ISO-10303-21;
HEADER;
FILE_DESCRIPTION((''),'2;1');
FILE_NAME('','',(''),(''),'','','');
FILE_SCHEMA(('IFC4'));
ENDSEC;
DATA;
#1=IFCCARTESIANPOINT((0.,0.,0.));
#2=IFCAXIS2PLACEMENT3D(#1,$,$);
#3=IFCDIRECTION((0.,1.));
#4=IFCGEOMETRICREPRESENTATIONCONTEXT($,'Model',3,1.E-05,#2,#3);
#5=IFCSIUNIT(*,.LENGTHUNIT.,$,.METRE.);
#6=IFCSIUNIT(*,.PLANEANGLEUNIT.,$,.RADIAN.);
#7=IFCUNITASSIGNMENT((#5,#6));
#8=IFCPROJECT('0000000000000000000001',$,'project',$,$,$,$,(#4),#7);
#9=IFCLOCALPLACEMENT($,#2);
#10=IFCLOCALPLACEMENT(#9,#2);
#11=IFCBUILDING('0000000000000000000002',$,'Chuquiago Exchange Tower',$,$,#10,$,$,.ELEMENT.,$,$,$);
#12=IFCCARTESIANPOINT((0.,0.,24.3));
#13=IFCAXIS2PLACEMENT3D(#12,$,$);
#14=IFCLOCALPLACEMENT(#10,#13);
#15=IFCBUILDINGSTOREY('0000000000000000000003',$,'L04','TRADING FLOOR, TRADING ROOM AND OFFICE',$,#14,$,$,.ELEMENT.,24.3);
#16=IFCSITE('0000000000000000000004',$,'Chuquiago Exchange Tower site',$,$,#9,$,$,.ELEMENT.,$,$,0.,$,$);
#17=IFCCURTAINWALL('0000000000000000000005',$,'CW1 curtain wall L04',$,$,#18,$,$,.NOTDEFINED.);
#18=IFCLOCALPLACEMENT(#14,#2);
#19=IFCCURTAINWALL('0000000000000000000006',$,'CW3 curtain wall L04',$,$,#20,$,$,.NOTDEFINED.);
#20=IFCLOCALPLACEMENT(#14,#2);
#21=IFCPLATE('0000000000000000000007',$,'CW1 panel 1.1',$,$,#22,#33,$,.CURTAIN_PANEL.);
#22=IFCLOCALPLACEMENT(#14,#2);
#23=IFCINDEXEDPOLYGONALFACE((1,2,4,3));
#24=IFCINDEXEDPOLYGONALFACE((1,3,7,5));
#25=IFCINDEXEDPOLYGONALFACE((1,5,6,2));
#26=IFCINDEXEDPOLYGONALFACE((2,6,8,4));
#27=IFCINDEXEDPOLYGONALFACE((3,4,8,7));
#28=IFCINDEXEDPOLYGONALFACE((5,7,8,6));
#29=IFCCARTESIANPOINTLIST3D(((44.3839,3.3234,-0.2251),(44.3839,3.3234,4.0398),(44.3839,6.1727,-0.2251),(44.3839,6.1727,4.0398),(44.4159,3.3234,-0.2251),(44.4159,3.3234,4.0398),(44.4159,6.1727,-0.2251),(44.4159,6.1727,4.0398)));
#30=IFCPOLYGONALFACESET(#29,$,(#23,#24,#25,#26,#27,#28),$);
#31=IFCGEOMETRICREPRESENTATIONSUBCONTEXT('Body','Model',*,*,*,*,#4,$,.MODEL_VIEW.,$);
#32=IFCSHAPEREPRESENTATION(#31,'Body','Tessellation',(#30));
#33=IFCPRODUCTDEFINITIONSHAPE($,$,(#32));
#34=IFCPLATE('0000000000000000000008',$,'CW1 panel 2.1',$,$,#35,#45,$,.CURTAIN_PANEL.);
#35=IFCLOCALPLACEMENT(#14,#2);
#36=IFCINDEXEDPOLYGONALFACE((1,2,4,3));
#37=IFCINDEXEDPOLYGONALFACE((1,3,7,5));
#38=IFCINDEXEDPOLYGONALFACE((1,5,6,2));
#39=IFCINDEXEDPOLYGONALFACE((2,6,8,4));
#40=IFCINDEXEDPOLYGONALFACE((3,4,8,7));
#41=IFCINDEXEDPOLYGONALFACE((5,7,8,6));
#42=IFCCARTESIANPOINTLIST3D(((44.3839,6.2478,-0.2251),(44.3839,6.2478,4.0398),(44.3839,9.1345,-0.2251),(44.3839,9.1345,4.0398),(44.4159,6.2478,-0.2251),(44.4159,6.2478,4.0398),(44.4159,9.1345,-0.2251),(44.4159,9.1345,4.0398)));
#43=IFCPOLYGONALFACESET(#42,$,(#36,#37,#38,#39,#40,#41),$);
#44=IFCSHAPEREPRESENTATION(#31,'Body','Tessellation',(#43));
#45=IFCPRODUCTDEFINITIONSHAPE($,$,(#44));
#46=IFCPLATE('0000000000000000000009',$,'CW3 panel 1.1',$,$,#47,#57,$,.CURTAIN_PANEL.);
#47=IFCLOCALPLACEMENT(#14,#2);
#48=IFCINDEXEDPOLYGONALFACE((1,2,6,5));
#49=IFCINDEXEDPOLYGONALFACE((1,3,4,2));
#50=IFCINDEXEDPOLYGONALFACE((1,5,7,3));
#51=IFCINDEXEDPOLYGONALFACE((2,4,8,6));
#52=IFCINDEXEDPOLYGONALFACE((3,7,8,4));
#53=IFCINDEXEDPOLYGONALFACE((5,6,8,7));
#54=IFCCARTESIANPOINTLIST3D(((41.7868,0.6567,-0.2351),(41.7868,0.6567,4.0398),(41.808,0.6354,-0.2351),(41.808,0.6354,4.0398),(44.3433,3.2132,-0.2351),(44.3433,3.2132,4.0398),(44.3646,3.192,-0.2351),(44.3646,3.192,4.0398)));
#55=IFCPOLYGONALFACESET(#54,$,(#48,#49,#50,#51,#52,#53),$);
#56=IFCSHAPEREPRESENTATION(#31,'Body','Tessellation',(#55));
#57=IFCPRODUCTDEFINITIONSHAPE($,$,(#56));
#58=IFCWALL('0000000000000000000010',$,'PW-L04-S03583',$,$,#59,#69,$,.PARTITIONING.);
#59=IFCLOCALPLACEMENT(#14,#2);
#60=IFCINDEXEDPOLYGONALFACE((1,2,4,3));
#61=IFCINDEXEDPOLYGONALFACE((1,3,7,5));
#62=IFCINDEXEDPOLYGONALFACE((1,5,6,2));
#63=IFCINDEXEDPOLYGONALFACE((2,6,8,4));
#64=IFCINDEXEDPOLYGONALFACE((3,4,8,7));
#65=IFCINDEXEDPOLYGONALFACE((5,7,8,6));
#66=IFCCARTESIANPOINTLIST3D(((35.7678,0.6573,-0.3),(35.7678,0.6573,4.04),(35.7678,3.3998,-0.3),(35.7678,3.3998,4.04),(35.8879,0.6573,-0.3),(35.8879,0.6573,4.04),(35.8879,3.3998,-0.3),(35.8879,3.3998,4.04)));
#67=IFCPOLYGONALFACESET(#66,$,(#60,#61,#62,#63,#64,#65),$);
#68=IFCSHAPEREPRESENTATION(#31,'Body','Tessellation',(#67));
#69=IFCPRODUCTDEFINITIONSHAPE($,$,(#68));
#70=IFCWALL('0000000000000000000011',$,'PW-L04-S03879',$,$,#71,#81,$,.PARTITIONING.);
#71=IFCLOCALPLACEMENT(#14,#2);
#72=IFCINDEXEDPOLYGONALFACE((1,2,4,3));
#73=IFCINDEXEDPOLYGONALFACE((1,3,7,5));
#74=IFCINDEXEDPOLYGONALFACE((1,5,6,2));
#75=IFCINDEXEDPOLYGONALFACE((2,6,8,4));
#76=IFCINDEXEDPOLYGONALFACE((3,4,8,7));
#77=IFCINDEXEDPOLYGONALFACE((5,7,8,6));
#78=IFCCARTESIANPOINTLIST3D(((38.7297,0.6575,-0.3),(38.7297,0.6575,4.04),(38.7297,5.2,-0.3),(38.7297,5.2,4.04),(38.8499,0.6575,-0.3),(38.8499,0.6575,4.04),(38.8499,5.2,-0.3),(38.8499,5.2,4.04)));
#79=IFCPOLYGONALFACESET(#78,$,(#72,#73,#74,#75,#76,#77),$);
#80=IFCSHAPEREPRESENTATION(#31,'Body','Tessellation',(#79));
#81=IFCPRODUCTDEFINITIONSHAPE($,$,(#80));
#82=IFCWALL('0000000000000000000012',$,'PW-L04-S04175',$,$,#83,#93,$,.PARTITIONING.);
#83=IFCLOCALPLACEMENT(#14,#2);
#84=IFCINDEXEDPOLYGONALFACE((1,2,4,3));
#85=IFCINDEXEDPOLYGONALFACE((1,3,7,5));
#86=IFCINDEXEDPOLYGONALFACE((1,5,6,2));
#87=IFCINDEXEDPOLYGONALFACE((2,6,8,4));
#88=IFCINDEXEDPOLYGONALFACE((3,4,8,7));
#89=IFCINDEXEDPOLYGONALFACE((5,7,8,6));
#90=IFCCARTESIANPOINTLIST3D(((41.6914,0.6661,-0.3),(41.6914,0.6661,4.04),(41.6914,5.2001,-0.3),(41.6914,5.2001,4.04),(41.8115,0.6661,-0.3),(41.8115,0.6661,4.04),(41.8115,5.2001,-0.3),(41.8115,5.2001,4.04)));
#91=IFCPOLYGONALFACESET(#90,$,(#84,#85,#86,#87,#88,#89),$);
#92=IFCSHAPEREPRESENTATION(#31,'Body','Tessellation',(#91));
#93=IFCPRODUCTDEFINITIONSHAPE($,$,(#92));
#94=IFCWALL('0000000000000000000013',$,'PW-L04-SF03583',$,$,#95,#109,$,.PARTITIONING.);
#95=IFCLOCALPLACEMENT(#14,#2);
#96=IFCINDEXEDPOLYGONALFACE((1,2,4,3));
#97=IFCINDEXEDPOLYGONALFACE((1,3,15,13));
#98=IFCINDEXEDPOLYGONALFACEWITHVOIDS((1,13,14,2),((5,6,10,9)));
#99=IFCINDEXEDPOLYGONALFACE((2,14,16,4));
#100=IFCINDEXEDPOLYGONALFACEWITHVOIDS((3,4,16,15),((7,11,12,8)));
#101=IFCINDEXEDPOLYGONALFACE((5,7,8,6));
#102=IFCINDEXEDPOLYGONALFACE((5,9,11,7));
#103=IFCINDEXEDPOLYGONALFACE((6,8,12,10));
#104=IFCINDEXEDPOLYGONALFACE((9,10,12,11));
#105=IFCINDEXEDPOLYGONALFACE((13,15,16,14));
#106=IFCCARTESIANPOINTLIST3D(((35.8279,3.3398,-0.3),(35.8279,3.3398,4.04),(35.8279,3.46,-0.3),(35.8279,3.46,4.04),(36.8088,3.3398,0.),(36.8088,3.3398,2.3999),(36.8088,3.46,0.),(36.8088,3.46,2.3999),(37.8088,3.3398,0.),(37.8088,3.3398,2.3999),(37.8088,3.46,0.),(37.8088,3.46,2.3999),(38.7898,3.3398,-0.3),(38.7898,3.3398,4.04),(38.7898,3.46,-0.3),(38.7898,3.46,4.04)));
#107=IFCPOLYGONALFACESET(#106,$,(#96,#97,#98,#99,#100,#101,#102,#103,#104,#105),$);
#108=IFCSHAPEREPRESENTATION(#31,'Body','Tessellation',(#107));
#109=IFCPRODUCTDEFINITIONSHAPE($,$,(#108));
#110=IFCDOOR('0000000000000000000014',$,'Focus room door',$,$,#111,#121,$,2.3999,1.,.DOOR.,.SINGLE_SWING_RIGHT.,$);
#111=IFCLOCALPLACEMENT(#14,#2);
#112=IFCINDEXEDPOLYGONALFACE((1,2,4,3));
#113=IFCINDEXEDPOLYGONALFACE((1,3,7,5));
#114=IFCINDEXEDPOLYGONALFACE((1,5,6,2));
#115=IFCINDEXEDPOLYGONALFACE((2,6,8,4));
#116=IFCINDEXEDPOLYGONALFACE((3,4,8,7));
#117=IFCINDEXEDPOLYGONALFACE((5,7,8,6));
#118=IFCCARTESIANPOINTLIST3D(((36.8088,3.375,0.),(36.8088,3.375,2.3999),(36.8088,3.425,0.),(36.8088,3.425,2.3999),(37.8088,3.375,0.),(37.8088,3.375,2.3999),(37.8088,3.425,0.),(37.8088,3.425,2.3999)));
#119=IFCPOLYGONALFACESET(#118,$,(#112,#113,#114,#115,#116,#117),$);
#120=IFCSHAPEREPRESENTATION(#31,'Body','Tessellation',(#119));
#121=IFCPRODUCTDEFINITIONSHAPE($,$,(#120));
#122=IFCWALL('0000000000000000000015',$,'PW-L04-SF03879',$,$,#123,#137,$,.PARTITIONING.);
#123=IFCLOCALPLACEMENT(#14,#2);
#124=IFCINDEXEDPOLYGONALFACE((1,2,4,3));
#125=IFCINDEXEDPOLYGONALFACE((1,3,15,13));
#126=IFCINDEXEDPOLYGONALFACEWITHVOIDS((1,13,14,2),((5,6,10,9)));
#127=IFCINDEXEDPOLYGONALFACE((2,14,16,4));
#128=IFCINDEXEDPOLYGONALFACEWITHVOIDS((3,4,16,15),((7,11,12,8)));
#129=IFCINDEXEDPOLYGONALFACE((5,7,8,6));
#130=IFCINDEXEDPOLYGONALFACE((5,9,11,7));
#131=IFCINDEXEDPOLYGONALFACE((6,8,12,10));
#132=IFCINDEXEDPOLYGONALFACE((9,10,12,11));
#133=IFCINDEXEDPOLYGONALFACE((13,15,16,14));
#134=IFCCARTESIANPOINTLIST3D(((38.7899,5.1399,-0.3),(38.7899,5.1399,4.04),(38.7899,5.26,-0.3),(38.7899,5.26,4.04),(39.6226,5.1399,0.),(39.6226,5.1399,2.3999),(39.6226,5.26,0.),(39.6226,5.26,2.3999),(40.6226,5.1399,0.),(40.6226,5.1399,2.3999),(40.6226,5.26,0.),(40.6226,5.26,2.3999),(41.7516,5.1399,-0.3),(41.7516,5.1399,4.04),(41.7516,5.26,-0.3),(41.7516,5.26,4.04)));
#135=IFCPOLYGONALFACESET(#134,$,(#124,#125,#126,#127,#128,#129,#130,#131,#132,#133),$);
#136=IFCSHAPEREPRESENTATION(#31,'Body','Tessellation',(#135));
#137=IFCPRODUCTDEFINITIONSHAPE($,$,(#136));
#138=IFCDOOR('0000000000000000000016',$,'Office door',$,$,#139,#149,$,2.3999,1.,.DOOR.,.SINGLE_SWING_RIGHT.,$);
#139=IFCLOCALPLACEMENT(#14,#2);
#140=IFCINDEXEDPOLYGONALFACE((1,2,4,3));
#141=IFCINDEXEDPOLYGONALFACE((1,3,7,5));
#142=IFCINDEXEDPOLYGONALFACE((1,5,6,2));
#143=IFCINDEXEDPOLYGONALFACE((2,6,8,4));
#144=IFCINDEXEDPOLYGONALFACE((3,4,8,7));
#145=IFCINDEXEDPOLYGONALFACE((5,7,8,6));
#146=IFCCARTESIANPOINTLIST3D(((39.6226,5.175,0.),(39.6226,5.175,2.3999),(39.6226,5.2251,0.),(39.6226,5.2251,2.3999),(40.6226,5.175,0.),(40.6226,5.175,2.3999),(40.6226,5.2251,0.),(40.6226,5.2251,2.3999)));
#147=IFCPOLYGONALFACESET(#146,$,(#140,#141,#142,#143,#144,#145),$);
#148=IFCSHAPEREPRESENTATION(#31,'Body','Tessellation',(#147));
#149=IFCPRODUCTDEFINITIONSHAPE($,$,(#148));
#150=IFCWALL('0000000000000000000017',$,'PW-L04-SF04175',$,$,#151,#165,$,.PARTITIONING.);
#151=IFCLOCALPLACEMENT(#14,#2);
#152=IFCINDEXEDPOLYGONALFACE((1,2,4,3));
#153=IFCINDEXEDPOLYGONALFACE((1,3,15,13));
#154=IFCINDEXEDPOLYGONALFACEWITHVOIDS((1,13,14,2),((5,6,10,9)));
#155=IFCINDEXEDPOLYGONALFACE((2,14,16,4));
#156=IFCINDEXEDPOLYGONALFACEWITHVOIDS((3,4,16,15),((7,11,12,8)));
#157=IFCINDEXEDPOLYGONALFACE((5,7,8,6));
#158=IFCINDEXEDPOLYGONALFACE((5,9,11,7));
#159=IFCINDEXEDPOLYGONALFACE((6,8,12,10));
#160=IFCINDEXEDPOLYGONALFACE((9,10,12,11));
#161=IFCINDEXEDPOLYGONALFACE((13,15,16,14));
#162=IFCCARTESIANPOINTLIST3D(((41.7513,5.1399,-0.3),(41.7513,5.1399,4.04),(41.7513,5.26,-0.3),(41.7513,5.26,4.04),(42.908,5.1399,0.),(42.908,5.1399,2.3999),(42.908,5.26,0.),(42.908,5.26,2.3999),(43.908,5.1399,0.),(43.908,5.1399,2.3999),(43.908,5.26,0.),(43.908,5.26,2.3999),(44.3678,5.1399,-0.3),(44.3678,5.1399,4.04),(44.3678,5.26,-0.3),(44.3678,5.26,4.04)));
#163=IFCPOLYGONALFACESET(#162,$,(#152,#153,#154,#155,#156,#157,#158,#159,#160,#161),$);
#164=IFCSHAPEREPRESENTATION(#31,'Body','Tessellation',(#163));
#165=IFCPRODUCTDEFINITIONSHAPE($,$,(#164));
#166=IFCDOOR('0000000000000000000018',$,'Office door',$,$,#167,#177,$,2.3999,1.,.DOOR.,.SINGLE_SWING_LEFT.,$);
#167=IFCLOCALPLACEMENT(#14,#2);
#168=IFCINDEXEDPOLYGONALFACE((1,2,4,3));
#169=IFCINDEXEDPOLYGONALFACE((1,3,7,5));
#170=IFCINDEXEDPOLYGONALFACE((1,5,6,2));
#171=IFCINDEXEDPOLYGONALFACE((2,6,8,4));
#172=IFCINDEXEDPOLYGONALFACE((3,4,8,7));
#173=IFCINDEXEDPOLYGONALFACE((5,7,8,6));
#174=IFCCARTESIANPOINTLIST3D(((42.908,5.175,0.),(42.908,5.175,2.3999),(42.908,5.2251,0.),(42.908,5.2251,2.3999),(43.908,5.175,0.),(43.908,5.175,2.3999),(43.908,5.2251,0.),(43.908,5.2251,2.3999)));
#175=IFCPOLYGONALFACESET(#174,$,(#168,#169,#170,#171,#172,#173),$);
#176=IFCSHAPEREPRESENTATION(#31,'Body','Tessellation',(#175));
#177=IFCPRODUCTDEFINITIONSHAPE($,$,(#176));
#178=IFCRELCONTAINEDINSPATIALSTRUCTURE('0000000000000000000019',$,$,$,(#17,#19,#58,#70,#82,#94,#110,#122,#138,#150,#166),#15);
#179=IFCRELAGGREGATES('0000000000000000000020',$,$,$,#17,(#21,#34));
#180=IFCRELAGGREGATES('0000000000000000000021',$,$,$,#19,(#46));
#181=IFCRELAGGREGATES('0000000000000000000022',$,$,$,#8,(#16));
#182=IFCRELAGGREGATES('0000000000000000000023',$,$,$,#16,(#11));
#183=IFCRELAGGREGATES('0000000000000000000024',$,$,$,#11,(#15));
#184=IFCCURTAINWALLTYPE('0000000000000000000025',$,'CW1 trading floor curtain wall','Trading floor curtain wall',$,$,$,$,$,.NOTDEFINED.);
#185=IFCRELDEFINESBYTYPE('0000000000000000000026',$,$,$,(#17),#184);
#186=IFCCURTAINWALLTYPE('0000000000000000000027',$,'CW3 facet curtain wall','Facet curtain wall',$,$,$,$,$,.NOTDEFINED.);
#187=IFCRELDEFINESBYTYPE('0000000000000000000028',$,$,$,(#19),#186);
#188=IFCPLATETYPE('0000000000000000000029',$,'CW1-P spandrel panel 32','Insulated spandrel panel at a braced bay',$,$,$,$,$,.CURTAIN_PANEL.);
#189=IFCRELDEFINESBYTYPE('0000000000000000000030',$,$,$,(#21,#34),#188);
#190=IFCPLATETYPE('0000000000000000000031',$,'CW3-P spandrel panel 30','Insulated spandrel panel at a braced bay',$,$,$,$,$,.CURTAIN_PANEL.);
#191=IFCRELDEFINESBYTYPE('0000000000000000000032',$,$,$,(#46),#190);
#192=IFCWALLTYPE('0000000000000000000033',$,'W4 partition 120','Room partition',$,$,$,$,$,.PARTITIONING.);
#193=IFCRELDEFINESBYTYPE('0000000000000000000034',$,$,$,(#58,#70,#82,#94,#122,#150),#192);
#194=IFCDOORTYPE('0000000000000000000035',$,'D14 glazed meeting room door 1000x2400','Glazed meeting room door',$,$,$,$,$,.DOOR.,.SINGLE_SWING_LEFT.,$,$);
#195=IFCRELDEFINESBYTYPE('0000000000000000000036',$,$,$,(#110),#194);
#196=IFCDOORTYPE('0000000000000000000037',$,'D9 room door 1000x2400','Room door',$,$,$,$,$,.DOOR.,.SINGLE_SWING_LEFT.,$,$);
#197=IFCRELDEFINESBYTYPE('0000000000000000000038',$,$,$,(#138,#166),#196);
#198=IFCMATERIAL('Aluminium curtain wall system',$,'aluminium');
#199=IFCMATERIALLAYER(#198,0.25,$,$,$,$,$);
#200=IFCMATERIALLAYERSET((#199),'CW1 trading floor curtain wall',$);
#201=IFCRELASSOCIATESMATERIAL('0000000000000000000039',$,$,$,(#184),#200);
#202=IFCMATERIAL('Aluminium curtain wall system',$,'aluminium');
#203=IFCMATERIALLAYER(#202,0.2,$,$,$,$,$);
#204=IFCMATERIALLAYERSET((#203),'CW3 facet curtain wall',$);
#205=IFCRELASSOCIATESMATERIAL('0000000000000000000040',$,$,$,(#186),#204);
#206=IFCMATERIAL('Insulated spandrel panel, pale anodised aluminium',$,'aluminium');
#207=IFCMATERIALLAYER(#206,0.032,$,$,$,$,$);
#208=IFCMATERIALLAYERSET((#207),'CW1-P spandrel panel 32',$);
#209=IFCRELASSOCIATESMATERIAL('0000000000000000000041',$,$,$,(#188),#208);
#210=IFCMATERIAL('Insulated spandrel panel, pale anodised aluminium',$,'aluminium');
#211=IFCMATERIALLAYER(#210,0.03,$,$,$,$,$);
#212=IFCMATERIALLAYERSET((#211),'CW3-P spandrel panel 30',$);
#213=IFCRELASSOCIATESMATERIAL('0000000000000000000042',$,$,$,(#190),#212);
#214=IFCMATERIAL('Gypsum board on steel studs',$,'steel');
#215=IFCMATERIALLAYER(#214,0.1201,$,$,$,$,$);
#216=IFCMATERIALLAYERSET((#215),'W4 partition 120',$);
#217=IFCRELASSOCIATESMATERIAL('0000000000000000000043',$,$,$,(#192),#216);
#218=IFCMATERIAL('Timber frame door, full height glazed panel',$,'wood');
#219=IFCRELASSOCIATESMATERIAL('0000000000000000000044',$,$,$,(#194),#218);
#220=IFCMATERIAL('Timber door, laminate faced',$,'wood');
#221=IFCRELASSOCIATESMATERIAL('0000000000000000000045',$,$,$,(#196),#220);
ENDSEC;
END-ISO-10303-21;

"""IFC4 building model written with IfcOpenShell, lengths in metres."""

from ifc_helpers import new_model, si_unit, direction, frame, frame_2d, origin, origin_2d, place, context, subcontext, project, spatial, rectangle, extrude, material, layer, layer_set, type_object, element, fill, aggregate, save


model = new_model("IFC4")

# Units and contexts
model_context = context("Model", 3, precision=1e-05, world=origin(), true_north=direction((0.0, 1.0)))
body_context = subcontext(model_context, "Body", "Model", "MODEL_VIEW")
ifc_project = project(units=[si_unit("LENGTHUNIT", "METRE"), si_unit("PLANEANGLEUNIT", "RADIAN")], contexts=[model_context])

# Site, building, storey
site_placement = place(None, origin())
site = spatial("IfcSite", under=ifc_project, at=site_placement, Name="Chuquiago Exchange Tower site", CompositionType="ELEMENT", RefElevation=0.0)
building_placement = place(site_placement, origin())
building = spatial("IfcBuilding", under=site, at=building_placement, Name="Chuquiago Exchange Tower", CompositionType="ELEMENT")
storey_placement = place(building_placement, frame((0.0, 0.0, 24.3)))
storey = spatial("IfcBuildingStorey", under=building, at=storey_placement, Name="L04", Description="TRADING FLOOR, TRADING ROOM AND OFFICE", CompositionType="ELEMENT", Elevation=24.3)

# Curtain walls
ifc_material_1 = material(Name="Aluminium curtain wall system", Category="aluminium")
ifc_layer_1 = layer(ifc_material_1, 0.25)
ifc_layer_set_1 = layer_set([ifc_layer_1], Name="CW1 trading floor curtain wall")
curtain_wall_type_1 = type_object("IfcCurtainWallType", Name="CW1 trading floor curtain wall", Description="Trading floor curtain wall", PredefinedType="NOTDEFINED", material=ifc_layer_set_1)
curtain_wall_1_placement = place(storey_placement, origin())
curtain_wall_1 = element("IfcCurtainWall", 1, at=curtain_wall_1_placement, inside=storey, type_object=curtain_wall_type_1, Name="CW1 curtain wall L04", PredefinedType="NOTDEFINED")
ifc_material_2 = material(Name="Aluminium curtain wall system", Category="aluminium")
ifc_layer_2 = layer(ifc_material_2, 0.2)
ifc_layer_set_2 = layer_set([ifc_layer_2], Name="CW3 facet curtain wall")
curtain_wall_type_2 = type_object("IfcCurtainWallType", Name="CW3 facet curtain wall", Description="Facet curtain wall", PredefinedType="NOTDEFINED", material=ifc_layer_set_2)
curtain_wall_2_placement = place(storey_placement, origin())
curtain_wall_2 = element("IfcCurtainWall", 2, at=curtain_wall_2_placement, inside=storey, type_object=curtain_wall_type_2, Name="CW3 curtain wall L04", PredefinedType="NOTDEFINED")

# Plates
ifc_material_3 = material(Name="Insulated spandrel panel, pale anodised aluminium", Category="aluminium")
ifc_layer_3 = layer(ifc_material_3, 0.032)
ifc_layer_set_3 = layer_set([ifc_layer_3], Name="CW1-P spandrel panel 32")
plate_type_1 = type_object("IfcPlateType", Name="CW1-P spandrel panel 32", Description="Insulated spandrel panel at a braced bay", PredefinedType="CURTAIN_PANEL", material=ifc_layer_set_3)
plate_1_placement = place(storey_placement, frame((44.3999, 4.748, -0.2251), z_axis=(0.0, 0.0, 1.0), x_axis=(0.0, 1.0, 0.0)))
plate_1 = element("IfcPlate", 3, at=plate_1_placement, type_object=plate_type_1, Name="CW1 panel 1.1", PredefinedType="CURTAIN_PANEL", context=body_context, shape_type="SweptSolid", body=[
    extrude(rectangle(XDim=2.8494, YDim=0.032, at=origin_2d()), origin(), (0.0, 0.0, 1.0), 4.2649),
])
plate_2_placement = place(storey_placement, frame((44.3999, 7.6912, -0.2251), z_axis=(0.0, 0.0, 1.0), x_axis=(0.0, 1.0, 0.0)))
plate_2 = element("IfcPlate", 4, at=plate_2_placement, type_object=plate_type_1, Name="CW1 panel 2.1", PredefinedType="CURTAIN_PANEL", context=body_context, shape_type="SweptSolid", body=[
    extrude(rectangle(XDim=2.8867, YDim=0.032, at=origin_2d()), origin(), (0.0, 0.0, 1.0), 4.2649),
])
aggregate(curtain_wall_1, [plate_1, plate_2])
ifc_material_4 = material(Name="Insulated spandrel panel, pale anodised aluminium", Category="aluminium")
ifc_layer_4 = layer(ifc_material_4, 0.03)
ifc_layer_set_4 = layer_set([ifc_layer_4], Name="CW3-P spandrel panel 30")
plate_type_2 = type_object("IfcPlateType", Name="CW3-P spandrel panel 30", Description="Insulated spandrel panel at a braced bay", PredefinedType="CURTAIN_PANEL", material=ifc_layer_set_4)
plate_3_placement = place(storey_placement, frame((43.0757, 1.9243, -0.2351), z_axis=(0.0, 0.0, 1.0), x_axis=(0.707107, 0.707107, 0.0)))
plate_3 = element("IfcPlate", 5, at=plate_3_placement, type_object=plate_type_2, Name="CW3 panel 1.1", PredefinedType="CURTAIN_PANEL", context=body_context, shape_type="SweptSolid", body=[
    extrude(rectangle(XDim=3.6155, YDim=0.03, at=origin_2d()), origin(), (0.0, 0.0, 1.0), 4.2749),
])
aggregate(curtain_wall_2, [plate_3])

# Walls
ifc_material_5 = material(Name="Gypsum board on steel studs", Category="steel")
ifc_layer_5 = layer(ifc_material_5, 0.1201)
ifc_layer_set_5 = layer_set([ifc_layer_5], Name="W4 partition 120")
wall_type = type_object("IfcWallType", Name="W4 partition 120", Description="Room partition", PredefinedType="PARTITIONING", material=ifc_layer_set_5)
wall_1_placement = place(storey_placement, frame((35.8279, 0.6575, -0.3), z_axis=(0.0, 0.0, 1.0), x_axis=(0.0, 1.0, 0.0)))
element("IfcWall", 6, at=wall_1_placement, inside=storey, type_object=wall_type, Name="PW-L04-S03583", PredefinedType="PARTITIONING", context=body_context, shape_type="SweptSolid", body=[
    extrude(rectangle(XDim=2.7424, YDim=0.1201, at=frame_2d((1.3711, 0.0))), origin(), (0.0, 0.0, 1.0), 4.3401),
])
wall_2_placement = place(storey_placement, frame((38.7898, 0.6575, -0.3), z_axis=(0.0, 0.0, 1.0), x_axis=(0.0, 1.0, 0.0)))
element("IfcWall", 7, at=wall_2_placement, inside=storey, type_object=wall_type, Name="PW-L04-S03879", PredefinedType="PARTITIONING", context=body_context, shape_type="SweptSolid", body=[
    extrude(rectangle(XDim=4.5425, YDim=0.1201, at=frame_2d((2.2712, 0.0))), origin(), (0.0, 0.0, 1.0), 4.3401),
])
wall_3_placement = place(storey_placement, frame((41.7515, 0.666, -0.3), z_axis=(0.0, 0.0, 1.0), x_axis=(0.0, 1.0, 0.0)))
element("IfcWall", 8, at=wall_3_placement, inside=storey, type_object=wall_type, Name="PW-L04-S04175", PredefinedType="PARTITIONING", context=body_context, shape_type="SweptSolid", body=[
    extrude(rectangle(XDim=4.5339, YDim=0.1201, at=frame_2d((2.2671, 0.0))), origin(), (0.0, 0.0, 1.0), 4.3401),
])

# Walls, openings, doors
wall_4_placement = place(storey_placement, frame((35.8279, 3.3999, -0.3), z_axis=(0.0, 0.0, 1.0), x_axis=(1.0, 0.0, 0.0)))
wall_4 = element("IfcWall", 9, at=wall_4_placement, inside=storey, type_object=wall_type, Name="PW-L04-SF03583", PredefinedType="PARTITIONING", context=body_context, shape_type="SweptSolid", body=[
    extrude(rectangle(XDim=2.9619, YDim=0.1201, at=frame_2d((1.481, 0.0))), origin(), (0.0, 0.0, 1.0), 4.3401),
])
opening_1_placement = place(wall_4_placement, frame((0.981, 0.0, 0.3)))
opening_1 = element("IfcOpeningElement", 10, at=opening_1_placement, cuts=wall_4, PredefinedType="OPENING", context=body_context, shape_type="SweptSolid", body=[
    extrude(rectangle(XDim=1.0, YDim=2.3999, at=frame_2d((0.5, 1.2))), frame((0.0, 0.0701, 0.0), z_axis=(0.0, -1.0, 0.0), x_axis=(1.0, 0.0, 0.0)), (0.0, 0.0, 1.0), 0.1401),
])
ifc_material_6 = material(Name="Timber frame door, full height glazed panel", Category="wood")
door_type_1 = type_object("IfcDoorType", Name="D14 glazed meeting room door 1000x2400", Description="Glazed meeting room door", OperationType="SINGLE_SWING_LEFT", PredefinedType="DOOR", material=ifc_material_6)
door_1_placement = place(opening_1_placement, frame((1.0, 0.0, 0.0), z_axis=(0.0, 0.0, 1.0), x_axis=(-1.0, 0.0, 0.0)))
door_1 = element("IfcDoor", 11, at=door_1_placement, inside=storey, type_object=door_type_1, Name="Focus room door", OperationType="SINGLE_SWING_RIGHT", OverallHeight=2.3999, OverallWidth=1.0, PredefinedType="DOOR", context=body_context, shape_type="SweptSolid", body=[
    extrude(rectangle(XDim=1.0, YDim=2.3999, at=frame_2d((0.5, 1.2))), frame((0.0, 0.0249, 0.0), z_axis=(0.0, -1.0, 0.0), x_axis=(1.0, 0.0, 0.0)), (0.0, 0.0, 1.0), 0.05),
])
fill(opening_1, door_1)
wall_5_placement = place(storey_placement, frame((38.7898, 5.2, -0.3), z_axis=(0.0, 0.0, 1.0), x_axis=(1.0, 0.0, 0.0)))
wall_5 = element("IfcWall", 12, at=wall_5_placement, inside=storey, type_object=wall_type, Name="PW-L04-SF03879", PredefinedType="PARTITIONING", context=body_context, shape_type="SweptSolid", body=[
    extrude(rectangle(XDim=2.9617, YDim=0.1201, at=frame_2d((1.481, 0.0))), origin(), (0.0, 0.0, 1.0), 4.3401),
])
opening_2_placement = place(wall_5_placement, frame((0.8328, 0.0, 0.3)))
opening_2 = element("IfcOpeningElement", 13, at=opening_2_placement, cuts=wall_5, PredefinedType="OPENING", context=body_context, shape_type="SweptSolid", body=[
    extrude(rectangle(XDim=1.0, YDim=2.3999, at=frame_2d((0.5, 1.2))), frame((0.0, 0.0701, 0.0), z_axis=(0.0, -1.0, 0.0), x_axis=(1.0, 0.0, 0.0)), (0.0, 0.0, 1.0), 0.1401),
])
ifc_material_7 = material(Name="Timber door, laminate faced", Category="wood")
door_type_2 = type_object("IfcDoorType", Name="D9 room door 1000x2400", Description="Room door", OperationType="SINGLE_SWING_LEFT", PredefinedType="DOOR", material=ifc_material_7)
door_2_placement = place(opening_2_placement, frame((1.0, 0.0, 0.0), z_axis=(0.0, 0.0, 1.0), x_axis=(-1.0, 0.0, 0.0)))
door_2 = element("IfcDoor", 14, at=door_2_placement, inside=storey, type_object=door_type_2, Name="Office door", OperationType="SINGLE_SWING_RIGHT", OverallHeight=2.3999, OverallWidth=1.0, PredefinedType="DOOR", context=body_context, shape_type="SweptSolid", body=[
    extrude(rectangle(XDim=1.0, YDim=2.3999, at=frame_2d((0.5, 1.2))), frame((0.0, 0.0249, 0.0), z_axis=(0.0, -1.0, 0.0), x_axis=(1.0, 0.0, 0.0)), (0.0, 0.0, 1.0), 0.05),
])
fill(opening_2, door_2)
wall_6_placement = place(storey_placement, frame((41.7515, 5.2, -0.3), z_axis=(0.0, 0.0, 1.0), x_axis=(1.0, 0.0, 0.0)))
wall_6 = element("IfcWall", 15, at=wall_6_placement, inside=storey, type_object=wall_type, Name="PW-L04-SF04175", PredefinedType="PARTITIONING", context=body_context, shape_type="SweptSolid", body=[
    extrude(rectangle(XDim=2.6165, YDim=0.1201, at=frame_2d((1.3081, 0.0))), origin(), (0.0, 0.0, 1.0), 4.3401),
])
opening_3_placement = place(wall_6_placement, frame((1.1565, 0.0, 0.3)))
opening_3 = element("IfcOpeningElement", 16, at=opening_3_placement, cuts=wall_6, PredefinedType="OPENING", context=body_context, shape_type="SweptSolid", body=[
    extrude(rectangle(XDim=1.0, YDim=2.3999, at=frame_2d((0.5, 1.2))), frame((0.0, 0.0701, 0.0), z_axis=(0.0, -1.0, 0.0), x_axis=(1.0, 0.0, 0.0)), (0.0, 0.0, 1.0), 0.1401),
])
door_3_placement = place(opening_3_placement, frame((1.0, 0.0, 0.0), z_axis=(0.0, 0.0, 1.0), x_axis=(-1.0, 0.0, 0.0)))
door_3 = element("IfcDoor", 17, at=door_3_placement, inside=storey, type_object=door_type_2, Name="Office door", OperationType="SINGLE_SWING_LEFT", OverallHeight=2.3999, OverallWidth=1.0, PredefinedType="DOOR", context=body_context, shape_type="SweptSolid", body=[
    extrude(rectangle(XDim=1.0, YDim=2.3999, at=frame_2d((0.5, 1.2))), frame((0.0, 0.0249, 0.0), z_axis=(0.0, -1.0, 0.0), x_axis=(1.0, 0.0, 0.0)), (0.0, 0.0, 1.0), 0.05),
])
fill(opening_3, door_3)

save(model, "model.ifc")
